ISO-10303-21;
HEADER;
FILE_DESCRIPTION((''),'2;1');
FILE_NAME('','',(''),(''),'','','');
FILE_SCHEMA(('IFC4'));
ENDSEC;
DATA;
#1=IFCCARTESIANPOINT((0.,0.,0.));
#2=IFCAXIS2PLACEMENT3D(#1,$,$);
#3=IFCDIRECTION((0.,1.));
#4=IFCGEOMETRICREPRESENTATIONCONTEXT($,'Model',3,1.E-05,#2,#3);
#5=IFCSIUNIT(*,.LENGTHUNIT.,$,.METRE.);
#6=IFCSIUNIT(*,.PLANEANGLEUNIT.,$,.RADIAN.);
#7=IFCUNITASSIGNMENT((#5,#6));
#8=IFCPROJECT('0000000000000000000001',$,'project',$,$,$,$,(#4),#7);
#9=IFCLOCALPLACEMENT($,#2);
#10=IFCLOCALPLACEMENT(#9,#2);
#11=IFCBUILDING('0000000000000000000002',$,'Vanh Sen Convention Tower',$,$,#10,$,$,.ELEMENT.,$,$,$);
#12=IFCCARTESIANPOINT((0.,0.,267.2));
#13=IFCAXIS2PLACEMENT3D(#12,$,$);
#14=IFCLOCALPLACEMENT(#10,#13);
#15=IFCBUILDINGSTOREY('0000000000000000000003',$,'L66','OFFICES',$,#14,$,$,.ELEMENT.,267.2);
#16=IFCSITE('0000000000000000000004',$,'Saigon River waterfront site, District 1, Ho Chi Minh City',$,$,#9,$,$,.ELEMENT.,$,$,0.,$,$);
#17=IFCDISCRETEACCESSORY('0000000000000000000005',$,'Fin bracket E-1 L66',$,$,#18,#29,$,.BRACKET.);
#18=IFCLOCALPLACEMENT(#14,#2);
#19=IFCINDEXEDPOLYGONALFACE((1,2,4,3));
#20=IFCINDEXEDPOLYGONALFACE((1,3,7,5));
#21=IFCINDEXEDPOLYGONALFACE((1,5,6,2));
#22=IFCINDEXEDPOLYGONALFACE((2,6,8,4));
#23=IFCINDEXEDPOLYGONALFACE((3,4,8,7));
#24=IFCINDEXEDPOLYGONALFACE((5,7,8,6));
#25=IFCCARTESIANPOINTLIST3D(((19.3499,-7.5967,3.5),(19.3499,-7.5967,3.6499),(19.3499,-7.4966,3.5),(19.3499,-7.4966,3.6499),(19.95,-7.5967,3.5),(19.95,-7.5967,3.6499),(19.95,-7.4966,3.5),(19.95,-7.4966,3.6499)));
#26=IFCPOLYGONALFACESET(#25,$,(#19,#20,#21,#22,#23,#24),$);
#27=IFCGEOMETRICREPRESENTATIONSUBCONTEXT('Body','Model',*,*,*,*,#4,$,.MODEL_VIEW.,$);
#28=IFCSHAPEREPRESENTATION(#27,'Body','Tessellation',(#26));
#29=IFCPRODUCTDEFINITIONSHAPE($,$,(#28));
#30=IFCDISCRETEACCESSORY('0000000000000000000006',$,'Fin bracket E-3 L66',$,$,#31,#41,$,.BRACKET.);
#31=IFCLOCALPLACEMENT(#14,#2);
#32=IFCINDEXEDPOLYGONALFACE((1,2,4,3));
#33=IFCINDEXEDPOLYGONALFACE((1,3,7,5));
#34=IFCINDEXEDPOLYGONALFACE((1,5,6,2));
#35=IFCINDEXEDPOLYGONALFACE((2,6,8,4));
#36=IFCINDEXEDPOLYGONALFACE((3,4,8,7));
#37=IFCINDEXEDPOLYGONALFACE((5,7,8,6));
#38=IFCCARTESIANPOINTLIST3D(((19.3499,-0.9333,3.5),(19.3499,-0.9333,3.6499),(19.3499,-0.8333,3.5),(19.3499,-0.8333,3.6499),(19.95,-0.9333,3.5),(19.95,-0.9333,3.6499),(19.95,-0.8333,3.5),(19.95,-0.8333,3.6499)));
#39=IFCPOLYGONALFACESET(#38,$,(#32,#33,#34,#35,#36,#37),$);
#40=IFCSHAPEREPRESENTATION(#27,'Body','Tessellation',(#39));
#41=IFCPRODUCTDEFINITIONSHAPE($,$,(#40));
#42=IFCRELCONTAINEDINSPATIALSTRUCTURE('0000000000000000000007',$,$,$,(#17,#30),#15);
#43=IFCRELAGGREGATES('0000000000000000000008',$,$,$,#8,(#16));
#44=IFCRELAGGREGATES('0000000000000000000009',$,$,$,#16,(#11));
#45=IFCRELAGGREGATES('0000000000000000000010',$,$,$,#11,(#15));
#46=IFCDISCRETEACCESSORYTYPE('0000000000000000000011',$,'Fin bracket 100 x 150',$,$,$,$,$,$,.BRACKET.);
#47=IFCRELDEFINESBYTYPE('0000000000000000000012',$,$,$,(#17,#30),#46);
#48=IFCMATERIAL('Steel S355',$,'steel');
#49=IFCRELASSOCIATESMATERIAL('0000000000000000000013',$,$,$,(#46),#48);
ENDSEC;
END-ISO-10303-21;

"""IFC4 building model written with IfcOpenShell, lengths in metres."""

from ifc_helpers import new_model, si_unit, direction, frame, origin, origin_2d, place, context, subcontext, project, spatial, rectangle, extrude, material, type_object, element, save


model = new_model("IFC4")

# Units and contexts
model_context = context("Model", 3, precision=1e-05, world=origin(), true_north=direction((0.0, 1.0)))
body_context = subcontext(model_context, "Body", "Model", "MODEL_VIEW")
ifc_project = project(units=[si_unit("LENGTHUNIT", "METRE"), si_unit("PLANEANGLEUNIT", "RADIAN")], contexts=[model_context])

# Site, building, storey
site_placement = place(None, origin())
site = spatial("IfcSite", under=ifc_project, at=site_placement, Name="Saigon River waterfront site, District 1, Ho Chi Minh City", CompositionType="ELEMENT", RefElevation=0.0)
building_placement = place(site_placement, origin())
building = spatial("IfcBuilding", under=site, at=building_placement, Name="Vanh Sen Convention Tower", CompositionType="ELEMENT")
storey_placement = place(building_placement, frame((0.0, 0.0, 267.2)))
storey = spatial("IfcBuildingStorey", under=building, at=storey_placement, Name="L66", Description="OFFICES", CompositionType="ELEMENT", Elevation=267.2)

# Discrete accessories
ifc_material_1 = material(Name="Steel S355", Category="steel")
discrete_accessory_type = type_object("IfcDiscreteAccessoryType", Name="Fin bracket 100 x 150", PredefinedType="BRACKET", material=ifc_material_1)
for number, where, z_axis, x_axis, name in (
    (1, (19.6499, -7.5466, 3.5), (0.0, 0.0, 1.0), (1.0, 0.0, 0.0), "Fin bracket E-1 L66"),
    (2, (19.6499, -0.8833, 3.5), (0.0, 0.0, 1.0), (1.0, 0.0, 0.0), "Fin bracket E-3 L66"),
):
    element("IfcDiscreteAccessory", number, at=place(storey_placement, frame(where, z_axis=z_axis, x_axis=x_axis)), inside=storey, type_object=discrete_accessory_type, Name=name, PredefinedType="BRACKET", context=body_context, shape_type="SweptSolid", body=[
        extrude(rectangle(XDim=0.6001, YDim=0.1001, at=origin_2d()), origin(), (0.0, 0.0, 1.0), 0.1499),
    ])

save(model, "model.ifc")
